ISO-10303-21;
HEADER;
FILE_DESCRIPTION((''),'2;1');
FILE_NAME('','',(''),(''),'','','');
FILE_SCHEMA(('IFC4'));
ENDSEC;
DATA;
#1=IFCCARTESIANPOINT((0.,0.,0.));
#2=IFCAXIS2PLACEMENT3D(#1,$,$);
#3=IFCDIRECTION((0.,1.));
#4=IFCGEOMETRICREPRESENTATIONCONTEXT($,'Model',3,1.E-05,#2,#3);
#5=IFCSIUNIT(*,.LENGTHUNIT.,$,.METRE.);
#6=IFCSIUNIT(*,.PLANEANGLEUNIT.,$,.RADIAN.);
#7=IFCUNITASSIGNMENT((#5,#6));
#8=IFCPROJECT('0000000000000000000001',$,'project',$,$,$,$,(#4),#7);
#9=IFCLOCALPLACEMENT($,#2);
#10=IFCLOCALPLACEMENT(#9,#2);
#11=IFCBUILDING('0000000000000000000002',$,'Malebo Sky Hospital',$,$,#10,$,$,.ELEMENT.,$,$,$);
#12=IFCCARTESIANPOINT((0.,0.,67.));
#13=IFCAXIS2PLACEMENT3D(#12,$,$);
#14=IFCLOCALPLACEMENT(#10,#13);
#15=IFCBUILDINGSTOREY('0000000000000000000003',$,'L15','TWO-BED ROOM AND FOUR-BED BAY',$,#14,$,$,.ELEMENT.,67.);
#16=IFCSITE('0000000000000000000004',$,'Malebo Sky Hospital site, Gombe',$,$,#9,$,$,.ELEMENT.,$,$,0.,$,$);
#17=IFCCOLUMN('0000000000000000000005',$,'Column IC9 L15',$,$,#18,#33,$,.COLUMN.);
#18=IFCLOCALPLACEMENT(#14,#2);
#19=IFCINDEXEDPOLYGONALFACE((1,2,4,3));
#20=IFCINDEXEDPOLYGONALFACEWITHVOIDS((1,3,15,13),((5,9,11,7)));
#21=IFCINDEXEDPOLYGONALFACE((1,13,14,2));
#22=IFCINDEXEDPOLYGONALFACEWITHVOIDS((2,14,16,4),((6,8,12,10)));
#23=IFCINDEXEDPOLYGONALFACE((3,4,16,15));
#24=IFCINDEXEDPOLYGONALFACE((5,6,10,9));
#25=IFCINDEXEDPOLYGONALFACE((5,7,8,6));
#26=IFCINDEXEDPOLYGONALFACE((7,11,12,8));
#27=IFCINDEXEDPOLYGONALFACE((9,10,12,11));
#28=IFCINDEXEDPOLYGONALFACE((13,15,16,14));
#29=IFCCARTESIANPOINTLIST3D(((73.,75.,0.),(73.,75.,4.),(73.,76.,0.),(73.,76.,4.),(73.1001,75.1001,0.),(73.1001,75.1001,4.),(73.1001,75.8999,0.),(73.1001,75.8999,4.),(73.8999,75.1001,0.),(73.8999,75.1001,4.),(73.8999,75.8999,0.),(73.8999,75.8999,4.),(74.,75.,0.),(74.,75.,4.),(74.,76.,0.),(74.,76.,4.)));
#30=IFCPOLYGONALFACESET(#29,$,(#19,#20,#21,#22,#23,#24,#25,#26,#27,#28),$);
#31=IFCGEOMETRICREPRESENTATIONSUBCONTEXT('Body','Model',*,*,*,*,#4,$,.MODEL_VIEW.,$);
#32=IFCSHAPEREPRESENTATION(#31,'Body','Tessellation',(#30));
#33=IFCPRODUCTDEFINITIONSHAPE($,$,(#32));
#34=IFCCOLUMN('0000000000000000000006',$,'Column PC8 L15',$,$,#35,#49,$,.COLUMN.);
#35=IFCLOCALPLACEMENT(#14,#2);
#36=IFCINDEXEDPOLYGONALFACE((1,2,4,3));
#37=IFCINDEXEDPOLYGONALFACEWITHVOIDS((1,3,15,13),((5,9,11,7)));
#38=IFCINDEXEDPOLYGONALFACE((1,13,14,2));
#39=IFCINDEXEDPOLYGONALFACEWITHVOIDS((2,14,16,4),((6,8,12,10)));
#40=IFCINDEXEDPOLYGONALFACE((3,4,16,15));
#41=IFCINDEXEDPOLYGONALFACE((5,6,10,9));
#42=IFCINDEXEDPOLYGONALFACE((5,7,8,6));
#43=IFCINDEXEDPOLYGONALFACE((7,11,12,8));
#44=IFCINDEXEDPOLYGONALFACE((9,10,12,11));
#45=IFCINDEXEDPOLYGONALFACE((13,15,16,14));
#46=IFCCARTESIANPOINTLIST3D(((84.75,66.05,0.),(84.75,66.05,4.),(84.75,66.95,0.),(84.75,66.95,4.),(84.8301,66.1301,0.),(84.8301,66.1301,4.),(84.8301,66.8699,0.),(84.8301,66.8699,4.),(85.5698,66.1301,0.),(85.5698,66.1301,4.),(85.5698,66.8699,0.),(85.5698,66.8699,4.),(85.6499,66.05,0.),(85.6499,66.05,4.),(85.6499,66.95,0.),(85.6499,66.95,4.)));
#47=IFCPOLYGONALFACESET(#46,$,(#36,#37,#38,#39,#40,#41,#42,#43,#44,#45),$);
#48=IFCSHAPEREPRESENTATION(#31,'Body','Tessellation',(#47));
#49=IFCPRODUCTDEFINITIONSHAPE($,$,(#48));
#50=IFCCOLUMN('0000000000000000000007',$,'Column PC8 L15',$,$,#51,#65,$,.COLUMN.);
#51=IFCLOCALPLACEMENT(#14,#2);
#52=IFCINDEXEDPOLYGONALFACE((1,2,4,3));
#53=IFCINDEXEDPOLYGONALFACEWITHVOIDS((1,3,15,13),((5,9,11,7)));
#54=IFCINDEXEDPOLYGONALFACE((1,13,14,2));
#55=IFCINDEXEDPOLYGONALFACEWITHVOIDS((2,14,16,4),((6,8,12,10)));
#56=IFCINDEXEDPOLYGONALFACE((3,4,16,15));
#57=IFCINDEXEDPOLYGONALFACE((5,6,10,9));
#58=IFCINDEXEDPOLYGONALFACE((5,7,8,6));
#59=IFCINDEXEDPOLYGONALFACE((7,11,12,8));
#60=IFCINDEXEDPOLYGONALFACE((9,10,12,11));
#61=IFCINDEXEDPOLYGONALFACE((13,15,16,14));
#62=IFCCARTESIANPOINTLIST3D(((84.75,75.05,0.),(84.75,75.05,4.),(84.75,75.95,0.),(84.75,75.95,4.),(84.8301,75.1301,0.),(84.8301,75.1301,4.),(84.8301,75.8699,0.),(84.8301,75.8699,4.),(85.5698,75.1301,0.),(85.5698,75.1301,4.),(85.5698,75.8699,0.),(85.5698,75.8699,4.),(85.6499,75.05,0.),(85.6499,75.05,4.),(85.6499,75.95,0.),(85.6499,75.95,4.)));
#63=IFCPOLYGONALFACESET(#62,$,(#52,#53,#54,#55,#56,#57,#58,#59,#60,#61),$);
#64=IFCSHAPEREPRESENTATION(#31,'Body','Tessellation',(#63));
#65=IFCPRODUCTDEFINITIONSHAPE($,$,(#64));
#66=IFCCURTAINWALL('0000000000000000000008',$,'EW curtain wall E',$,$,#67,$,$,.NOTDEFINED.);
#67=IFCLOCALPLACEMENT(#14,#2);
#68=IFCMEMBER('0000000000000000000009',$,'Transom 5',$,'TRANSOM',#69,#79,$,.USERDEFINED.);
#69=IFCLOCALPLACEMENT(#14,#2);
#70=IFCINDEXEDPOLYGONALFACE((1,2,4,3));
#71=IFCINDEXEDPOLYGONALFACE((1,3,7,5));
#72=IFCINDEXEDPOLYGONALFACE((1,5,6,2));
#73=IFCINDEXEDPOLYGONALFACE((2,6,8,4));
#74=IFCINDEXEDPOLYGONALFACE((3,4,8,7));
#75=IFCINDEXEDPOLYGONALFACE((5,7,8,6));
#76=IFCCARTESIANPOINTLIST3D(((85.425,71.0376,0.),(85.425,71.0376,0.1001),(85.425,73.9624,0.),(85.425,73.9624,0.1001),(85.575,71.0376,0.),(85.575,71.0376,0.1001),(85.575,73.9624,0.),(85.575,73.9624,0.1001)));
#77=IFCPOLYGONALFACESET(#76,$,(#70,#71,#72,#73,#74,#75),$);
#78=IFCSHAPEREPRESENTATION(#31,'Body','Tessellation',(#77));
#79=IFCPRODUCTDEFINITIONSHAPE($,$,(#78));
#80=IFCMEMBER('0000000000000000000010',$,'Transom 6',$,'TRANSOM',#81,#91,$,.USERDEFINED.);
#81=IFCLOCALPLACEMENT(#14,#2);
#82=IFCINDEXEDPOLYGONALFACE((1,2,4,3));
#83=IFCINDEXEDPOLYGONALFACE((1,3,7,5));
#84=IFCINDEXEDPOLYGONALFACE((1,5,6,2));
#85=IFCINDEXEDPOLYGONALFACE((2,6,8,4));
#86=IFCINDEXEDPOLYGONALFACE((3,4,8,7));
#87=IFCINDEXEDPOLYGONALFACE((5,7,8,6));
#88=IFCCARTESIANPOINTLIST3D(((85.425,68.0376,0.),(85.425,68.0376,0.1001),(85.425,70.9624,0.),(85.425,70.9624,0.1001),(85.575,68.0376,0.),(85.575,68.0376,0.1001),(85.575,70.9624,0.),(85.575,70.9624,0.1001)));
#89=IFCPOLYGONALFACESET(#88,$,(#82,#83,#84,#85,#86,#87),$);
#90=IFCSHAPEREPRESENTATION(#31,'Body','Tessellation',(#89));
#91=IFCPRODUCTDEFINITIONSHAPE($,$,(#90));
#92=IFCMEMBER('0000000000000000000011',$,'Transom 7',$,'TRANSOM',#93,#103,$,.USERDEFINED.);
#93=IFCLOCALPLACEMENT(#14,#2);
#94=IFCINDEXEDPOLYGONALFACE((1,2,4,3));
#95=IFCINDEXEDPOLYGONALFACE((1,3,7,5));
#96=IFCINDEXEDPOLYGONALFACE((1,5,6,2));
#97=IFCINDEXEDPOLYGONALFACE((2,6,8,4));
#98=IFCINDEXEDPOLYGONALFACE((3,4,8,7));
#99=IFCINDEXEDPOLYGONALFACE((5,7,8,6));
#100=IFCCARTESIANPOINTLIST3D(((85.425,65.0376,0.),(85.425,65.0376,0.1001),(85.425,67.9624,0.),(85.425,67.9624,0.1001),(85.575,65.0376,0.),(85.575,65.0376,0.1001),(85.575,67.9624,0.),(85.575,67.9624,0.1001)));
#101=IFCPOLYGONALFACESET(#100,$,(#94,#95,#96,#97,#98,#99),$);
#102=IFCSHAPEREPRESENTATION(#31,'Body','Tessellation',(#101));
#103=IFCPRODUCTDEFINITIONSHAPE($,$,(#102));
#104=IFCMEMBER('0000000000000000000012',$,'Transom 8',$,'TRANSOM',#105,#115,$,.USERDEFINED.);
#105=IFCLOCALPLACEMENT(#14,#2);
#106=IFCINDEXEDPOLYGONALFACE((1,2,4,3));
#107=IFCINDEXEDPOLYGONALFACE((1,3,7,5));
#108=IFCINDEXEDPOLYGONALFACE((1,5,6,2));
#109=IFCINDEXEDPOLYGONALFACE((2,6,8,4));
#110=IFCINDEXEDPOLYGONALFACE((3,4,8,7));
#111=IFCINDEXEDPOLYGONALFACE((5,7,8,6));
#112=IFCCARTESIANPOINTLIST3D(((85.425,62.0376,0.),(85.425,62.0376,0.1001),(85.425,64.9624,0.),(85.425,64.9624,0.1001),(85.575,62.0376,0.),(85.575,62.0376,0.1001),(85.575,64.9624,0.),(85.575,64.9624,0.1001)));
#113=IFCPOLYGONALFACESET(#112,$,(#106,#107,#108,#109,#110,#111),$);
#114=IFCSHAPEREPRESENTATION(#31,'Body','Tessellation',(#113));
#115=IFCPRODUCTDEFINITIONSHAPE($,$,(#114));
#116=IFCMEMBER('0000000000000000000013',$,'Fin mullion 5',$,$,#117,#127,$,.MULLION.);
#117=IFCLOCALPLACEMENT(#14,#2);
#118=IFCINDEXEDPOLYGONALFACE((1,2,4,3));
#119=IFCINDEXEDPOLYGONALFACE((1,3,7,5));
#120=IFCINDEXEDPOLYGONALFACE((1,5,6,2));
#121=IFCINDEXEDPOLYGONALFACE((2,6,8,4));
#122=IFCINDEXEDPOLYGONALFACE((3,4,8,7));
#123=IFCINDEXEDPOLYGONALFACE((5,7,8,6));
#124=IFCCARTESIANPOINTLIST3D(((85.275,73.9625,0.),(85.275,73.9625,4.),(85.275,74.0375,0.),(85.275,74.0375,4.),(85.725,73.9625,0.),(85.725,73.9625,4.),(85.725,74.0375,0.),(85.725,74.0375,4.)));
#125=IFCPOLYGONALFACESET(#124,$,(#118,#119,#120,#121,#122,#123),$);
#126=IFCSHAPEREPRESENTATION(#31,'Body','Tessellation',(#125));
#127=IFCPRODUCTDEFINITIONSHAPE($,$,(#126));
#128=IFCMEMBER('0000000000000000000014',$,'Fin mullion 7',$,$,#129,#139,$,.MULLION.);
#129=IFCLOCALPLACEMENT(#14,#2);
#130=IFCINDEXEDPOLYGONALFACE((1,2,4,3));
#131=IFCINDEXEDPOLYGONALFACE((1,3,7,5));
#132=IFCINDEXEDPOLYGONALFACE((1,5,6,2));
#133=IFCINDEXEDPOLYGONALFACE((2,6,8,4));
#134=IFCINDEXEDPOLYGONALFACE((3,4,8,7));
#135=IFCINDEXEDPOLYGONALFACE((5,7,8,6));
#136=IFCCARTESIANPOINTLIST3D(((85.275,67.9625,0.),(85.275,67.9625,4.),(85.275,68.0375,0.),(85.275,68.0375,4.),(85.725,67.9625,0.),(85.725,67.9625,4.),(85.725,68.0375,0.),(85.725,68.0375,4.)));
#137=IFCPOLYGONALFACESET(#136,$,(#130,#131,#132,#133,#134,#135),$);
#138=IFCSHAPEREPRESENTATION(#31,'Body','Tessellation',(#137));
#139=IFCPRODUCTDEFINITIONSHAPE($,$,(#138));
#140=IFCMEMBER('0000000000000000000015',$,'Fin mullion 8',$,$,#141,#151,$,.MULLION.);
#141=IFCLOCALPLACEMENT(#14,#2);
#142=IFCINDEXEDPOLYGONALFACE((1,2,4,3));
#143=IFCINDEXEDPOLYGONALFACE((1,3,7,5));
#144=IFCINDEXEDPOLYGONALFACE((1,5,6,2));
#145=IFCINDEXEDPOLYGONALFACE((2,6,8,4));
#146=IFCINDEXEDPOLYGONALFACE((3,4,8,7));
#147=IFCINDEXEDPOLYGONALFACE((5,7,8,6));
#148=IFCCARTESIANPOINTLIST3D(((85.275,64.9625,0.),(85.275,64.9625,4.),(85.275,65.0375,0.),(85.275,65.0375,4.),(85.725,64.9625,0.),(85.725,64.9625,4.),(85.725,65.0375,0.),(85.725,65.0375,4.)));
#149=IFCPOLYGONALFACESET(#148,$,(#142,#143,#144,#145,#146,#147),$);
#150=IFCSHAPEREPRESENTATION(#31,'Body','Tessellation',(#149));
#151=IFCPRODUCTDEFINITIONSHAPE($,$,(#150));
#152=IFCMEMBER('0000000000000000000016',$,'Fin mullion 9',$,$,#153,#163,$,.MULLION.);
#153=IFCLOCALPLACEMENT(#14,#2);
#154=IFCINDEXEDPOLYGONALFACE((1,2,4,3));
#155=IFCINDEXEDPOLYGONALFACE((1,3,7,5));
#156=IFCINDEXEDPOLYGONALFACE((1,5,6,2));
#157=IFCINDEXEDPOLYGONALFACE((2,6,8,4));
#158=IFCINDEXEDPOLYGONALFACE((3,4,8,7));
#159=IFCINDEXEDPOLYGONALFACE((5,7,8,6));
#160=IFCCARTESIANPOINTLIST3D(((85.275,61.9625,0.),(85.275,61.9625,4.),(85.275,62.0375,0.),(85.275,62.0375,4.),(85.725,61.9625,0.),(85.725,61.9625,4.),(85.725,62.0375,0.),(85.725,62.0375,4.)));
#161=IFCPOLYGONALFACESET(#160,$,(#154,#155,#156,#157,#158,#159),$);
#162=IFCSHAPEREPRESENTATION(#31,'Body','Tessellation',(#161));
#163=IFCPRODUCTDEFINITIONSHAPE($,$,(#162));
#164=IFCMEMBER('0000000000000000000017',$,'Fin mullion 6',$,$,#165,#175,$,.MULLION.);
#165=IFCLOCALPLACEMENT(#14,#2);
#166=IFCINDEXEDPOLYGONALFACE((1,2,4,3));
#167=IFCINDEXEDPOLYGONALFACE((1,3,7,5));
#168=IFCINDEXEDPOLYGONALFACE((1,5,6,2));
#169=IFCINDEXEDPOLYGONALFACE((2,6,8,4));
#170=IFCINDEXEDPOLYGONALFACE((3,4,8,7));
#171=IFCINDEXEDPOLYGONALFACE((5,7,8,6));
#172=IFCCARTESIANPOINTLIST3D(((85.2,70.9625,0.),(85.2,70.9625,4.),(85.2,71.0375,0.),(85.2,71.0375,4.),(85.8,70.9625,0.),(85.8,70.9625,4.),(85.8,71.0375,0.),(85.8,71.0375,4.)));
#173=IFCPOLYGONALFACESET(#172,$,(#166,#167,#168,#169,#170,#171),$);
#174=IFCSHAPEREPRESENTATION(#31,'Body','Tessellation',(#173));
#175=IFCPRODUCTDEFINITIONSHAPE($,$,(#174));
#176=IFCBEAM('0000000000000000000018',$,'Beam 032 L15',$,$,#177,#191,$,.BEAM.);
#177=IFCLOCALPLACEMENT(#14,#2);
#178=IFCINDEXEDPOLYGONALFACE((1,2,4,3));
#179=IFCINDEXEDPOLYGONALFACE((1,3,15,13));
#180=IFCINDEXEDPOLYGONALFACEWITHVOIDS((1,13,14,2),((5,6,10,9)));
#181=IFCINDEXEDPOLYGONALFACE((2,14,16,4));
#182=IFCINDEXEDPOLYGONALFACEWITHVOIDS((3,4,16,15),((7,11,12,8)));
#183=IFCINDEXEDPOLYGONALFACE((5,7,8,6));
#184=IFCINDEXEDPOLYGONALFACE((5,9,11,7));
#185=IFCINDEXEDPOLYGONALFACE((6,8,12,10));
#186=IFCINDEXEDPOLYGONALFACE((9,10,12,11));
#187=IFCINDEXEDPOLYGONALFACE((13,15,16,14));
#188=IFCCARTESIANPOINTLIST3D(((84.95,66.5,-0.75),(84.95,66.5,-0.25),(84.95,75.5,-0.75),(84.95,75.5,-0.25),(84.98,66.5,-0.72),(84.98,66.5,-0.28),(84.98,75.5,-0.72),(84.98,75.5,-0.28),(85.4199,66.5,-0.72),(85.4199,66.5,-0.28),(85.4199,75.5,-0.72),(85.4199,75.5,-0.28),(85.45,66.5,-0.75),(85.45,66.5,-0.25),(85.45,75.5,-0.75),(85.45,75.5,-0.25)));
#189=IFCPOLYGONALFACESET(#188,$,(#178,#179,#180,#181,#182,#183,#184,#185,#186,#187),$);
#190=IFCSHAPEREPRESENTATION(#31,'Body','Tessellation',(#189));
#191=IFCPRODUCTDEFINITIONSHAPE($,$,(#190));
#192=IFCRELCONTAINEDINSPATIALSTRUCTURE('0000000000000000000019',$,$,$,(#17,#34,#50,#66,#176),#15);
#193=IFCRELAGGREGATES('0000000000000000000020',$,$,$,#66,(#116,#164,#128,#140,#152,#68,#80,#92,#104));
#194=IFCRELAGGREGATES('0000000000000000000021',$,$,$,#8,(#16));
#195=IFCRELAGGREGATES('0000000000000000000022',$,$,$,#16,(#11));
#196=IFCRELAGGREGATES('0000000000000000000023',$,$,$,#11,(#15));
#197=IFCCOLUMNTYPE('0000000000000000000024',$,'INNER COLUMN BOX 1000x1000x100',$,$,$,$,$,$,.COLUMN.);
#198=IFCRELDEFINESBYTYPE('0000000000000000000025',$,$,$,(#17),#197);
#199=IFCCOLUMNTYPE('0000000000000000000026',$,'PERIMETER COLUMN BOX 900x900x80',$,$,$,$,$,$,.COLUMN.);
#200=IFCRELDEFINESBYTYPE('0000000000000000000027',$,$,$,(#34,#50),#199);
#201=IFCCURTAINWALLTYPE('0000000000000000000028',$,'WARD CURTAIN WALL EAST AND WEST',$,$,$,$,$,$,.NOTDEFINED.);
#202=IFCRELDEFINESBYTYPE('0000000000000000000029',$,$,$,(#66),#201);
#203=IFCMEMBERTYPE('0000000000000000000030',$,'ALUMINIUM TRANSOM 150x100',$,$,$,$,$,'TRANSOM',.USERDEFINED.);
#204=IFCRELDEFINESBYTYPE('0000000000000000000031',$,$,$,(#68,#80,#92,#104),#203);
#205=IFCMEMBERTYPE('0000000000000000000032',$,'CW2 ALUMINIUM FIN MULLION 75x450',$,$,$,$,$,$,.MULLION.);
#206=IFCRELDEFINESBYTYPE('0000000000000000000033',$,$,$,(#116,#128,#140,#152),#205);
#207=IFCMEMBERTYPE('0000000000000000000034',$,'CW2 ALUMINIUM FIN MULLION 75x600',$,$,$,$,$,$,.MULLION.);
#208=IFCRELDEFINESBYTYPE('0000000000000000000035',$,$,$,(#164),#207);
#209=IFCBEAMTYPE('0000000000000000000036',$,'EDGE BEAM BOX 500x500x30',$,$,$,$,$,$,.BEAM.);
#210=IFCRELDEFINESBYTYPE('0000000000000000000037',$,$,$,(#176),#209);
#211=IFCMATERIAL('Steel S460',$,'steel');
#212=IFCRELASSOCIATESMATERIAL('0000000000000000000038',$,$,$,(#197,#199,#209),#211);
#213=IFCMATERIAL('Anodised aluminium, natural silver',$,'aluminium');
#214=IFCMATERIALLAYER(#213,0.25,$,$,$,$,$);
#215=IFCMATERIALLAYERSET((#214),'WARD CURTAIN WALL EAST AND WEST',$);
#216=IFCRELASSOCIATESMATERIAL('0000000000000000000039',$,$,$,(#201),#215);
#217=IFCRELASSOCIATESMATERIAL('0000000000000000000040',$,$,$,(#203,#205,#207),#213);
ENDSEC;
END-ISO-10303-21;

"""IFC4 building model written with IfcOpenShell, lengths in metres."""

from ifc_helpers import new_model, si_unit, direction, frame, origin, origin_2d, place, context, subcontext, project, spatial, rectangle, hollow_rectangle, extrude, material, layer, layer_set, material_profile, profile_set, type_object, element, aggregate, save


model = new_model("IFC4")

# Units and contexts
model_context = context("Model", 3, precision=1e-05, world=origin(), true_north=direction((0.0, 1.0)))
body_context = subcontext(model_context, "Body", "Model", "MODEL_VIEW")
ifc_project = project(units=[si_unit("LENGTHUNIT", "METRE"), si_unit("PLANEANGLEUNIT", "RADIAN")], contexts=[model_context])

# Site, building, storey
site_placement = place(None, origin())
site = spatial("IfcSite", under=ifc_project, at=site_placement, Name="Malebo Sky Hospital site, Gombe", CompositionType="ELEMENT", RefElevation=0.0)
building_placement = place(site_placement, origin())
building = spatial("IfcBuilding", under=site, at=building_placement, Name="Malebo Sky Hospital", CompositionType="ELEMENT")
storey_placement = place(building_placement, frame((0.0, 0.0, 67.0)))
storey = spatial("IfcBuildingStorey", under=building, at=storey_placement, Name="L15", Description="TWO-BED ROOM AND FOUR-BED BAY", CompositionType="ELEMENT", Elevation=67.0)

# Columns
ifc_material_1 = material(Name="Steel S460", Category="steel")
ifc_material_profile_1 = material_profile(ifc_material_1, hollow_rectangle(XDim=1.0, YDim=1.0, WallThickness=0.1001, at=origin_2d()), Name="BOX 1000x1000x100")
ifc_profile_set_1 = profile_set([ifc_material_profile_1], Name="Steel S460")
column_type_1 = type_object("IfcColumnType", Name="INNER COLUMN BOX 1000x1000x100", PredefinedType="COLUMN", material=ifc_profile_set_1)
column_placement = place(storey_placement, frame((73.5, 75.5, 0.0), z_axis=(0.0, 0.0, 1.0), x_axis=(1.0, 0.0, 0.0)))
element("IfcColumn", 1, at=column_placement, inside=storey, type_object=column_type_1, Name="Column IC9 L15", PredefinedType="COLUMN", context=body_context, shape_type="SweptSolid", body=[
    extrude(hollow_rectangle(XDim=1.0, YDim=1.0, WallThickness=0.1001, at=origin_2d()), origin(), (0.0, 0.0, 1.0), 4.0),
])
ifc_material_profile_2 = material_profile(ifc_material_1, hollow_rectangle(XDim=0.8999, YDim=0.8999, WallThickness=0.0801, at=origin_2d()), Name="BOX 900x900x80")
ifc_profile_set_2 = profile_set([ifc_material_profile_2], Name="Steel S460")
column_type_2 = type_object("IfcColumnType", Name="PERIMETER COLUMN BOX 900x900x80", PredefinedType="COLUMN", material=ifc_profile_set_2)
for number, where, z_axis, x_axis, name in (
    (2, (85.2, 66.5, 0.0), (0.0, 0.0, 1.0), (1.0, 0.0, 0.0), "Column PC8 L15"),
    (3, (85.2, 75.5, 0.0), (0.0, 0.0, 1.0), (1.0, 0.0, 0.0), "Column PC8 L15"),
):
    element("IfcColumn", number, at=place(storey_placement, frame(where, z_axis=z_axis, x_axis=x_axis)), inside=storey, type_object=column_type_2, Name=name, PredefinedType="COLUMN", context=body_context, shape_type="SweptSolid", body=[
        extrude(hollow_rectangle(XDim=0.8999, YDim=0.8999, WallThickness=0.0801, at=origin_2d()), origin(), (0.0, 0.0, 1.0), 4.0),
    ])

# Curtain wall, members
ifc_material_2 = material(Name="Anodised aluminium, natural silver", Category="aluminium")
ifc_layer_1 = layer(ifc_material_2, 0.25)
ifc_layer_set_1 = layer_set([ifc_layer_1], Name="WARD CURTAIN WALL EAST AND WEST")
curtain_wall_type = type_object("IfcCurtainWallType", Name="WARD CURTAIN WALL EAST AND WEST", PredefinedType="NOTDEFINED", material=ifc_layer_set_1)
curtain_wall_placement = place(storey_placement, origin())
curtain_wall = element("IfcCurtainWall", 4, at=curtain_wall_placement, inside=storey, type_object=curtain_wall_type, Name="EW curtain wall E", PredefinedType="NOTDEFINED")
ifc_material_profile_3 = material_profile(ifc_material_2, rectangle(XDim=0.1499, YDim=0.1001, at=origin_2d()), Name="ALUMINIUM TRANSOM 150x100")
ifc_profile_set_3 = profile_set([ifc_material_profile_3], Name="Anodised aluminium, natural silver")
member_type_1 = type_object("IfcMemberType", Name="ALUMINIUM TRANSOM 150x100", ElementType="TRANSOM", PredefinedType="USERDEFINED", material=ifc_profile_set_3)
member_1_placement = place(storey_placement, frame((85.5, 73.9624, 0.05), z_axis=(0.0, -1.0, 0.0), x_axis=(1.0, 0.0, 0.0)))
member_1 = element("IfcMember", 5, at=member_1_placement, type_object=member_type_1, Name="Transom 5", ObjectType="TRANSOM", PredefinedType="USERDEFINED", context=body_context, shape_type="SweptSolid", body=[
    extrude(rectangle(XDim=0.1499, YDim=0.1001, at=origin_2d()), origin(), (0.0, 0.0, 1.0), 2.9248),
])
member_2_placement = place(storey_placement, frame((85.5, 70.9624, 0.05), z_axis=(0.0, -1.0, 0.0), x_axis=(1.0, 0.0, 0.0)))
member_2 = element("IfcMember", 6, at=member_2_placement, type_object=member_type_1, Name="Transom 6", ObjectType="TRANSOM", PredefinedType="USERDEFINED", context=body_context, shape_type="SweptSolid", body=[
    extrude(rectangle(XDim=0.1499, YDim=0.1001, at=origin_2d()), origin(), (0.0, 0.0, 1.0), 2.9248),
])
member_3_placement = place(storey_placement, frame((85.5, 67.9624, 0.05), z_axis=(0.0, -1.0, 0.0), x_axis=(1.0, 0.0, 0.0)))
member_3 = element("IfcMember", 7, at=member_3_placement, type_object=member_type_1, Name="Transom 7", ObjectType="TRANSOM", PredefinedType="USERDEFINED", context=body_context, shape_type="SweptSolid", body=[
    extrude(rectangle(XDim=0.1499, YDim=0.1001, at=origin_2d()), origin(), (0.0, 0.0, 1.0), 2.9248),
])
member_4_placement = place(storey_placement, frame((85.5, 64.9624, 0.05), z_axis=(0.0, -1.0, 0.0), x_axis=(1.0, 0.0, 0.0)))
member_4 = element("IfcMember", 8, at=member_4_placement, type_object=member_type_1, Name="Transom 8", ObjectType="TRANSOM", PredefinedType="USERDEFINED", context=body_context, shape_type="SweptSolid", body=[
    extrude(rectangle(XDim=0.1499, YDim=0.1001, at=origin_2d()), origin(), (0.0, 0.0, 1.0), 2.9248),
])
ifc_material_profile_4 = material_profile(ifc_material_2, rectangle(XDim=0.075, YDim=0.45, at=origin_2d()), Name="CW2 ALUMINIUM FIN MULLION 75x450")
ifc_profile_set_4 = profile_set([ifc_material_profile_4], Name="Anodised aluminium, natural silver")
member_type_2 = type_object("IfcMemberType", Name="CW2 ALUMINIUM FIN MULLION 75x450", PredefinedType="MULLION", material=ifc_profile_set_4)
member_5_placement = place(storey_placement, frame((85.5, 74.0, 0.0), z_axis=(0.0, 0.0, 1.0), x_axis=(0.0, -1.0, 0.0)))
member_5 = element("IfcMember", 9, at=member_5_placement, type_object=member_type_2, Name="Fin mullion 5", PredefinedType="MULLION", context=body_context, shape_type="SweptSolid", body=[
    extrude(rectangle(XDim=0.075, YDim=0.45, at=origin_2d()), origin(), (0.0, 0.0, 1.0), 4.0),
])
member_6_placement = place(storey_placement, frame((85.5, 68.0, 0.0), z_axis=(0.0, 0.0, 1.0), x_axis=(0.0, -1.0, 0.0)))
member_6 = element("IfcMember", 10, at=member_6_placement, type_object=member_type_2, Name="Fin mullion 7", PredefinedType="MULLION", context=body_context, shape_type="SweptSolid", body=[
    extrude(rectangle(XDim=0.075, YDim=0.45, at=origin_2d()), origin(), (0.0, 0.0, 1.0), 4.0),
])
member_7_placement = place(storey_placement, frame((85.5, 65.0, 0.0), z_axis=(0.0, 0.0, 1.0), x_axis=(0.0, -1.0, 0.0)))
member_7 = element("IfcMember", 11, at=member_7_placement, type_object=member_type_2, Name="Fin mullion 8", PredefinedType="MULLION", context=body_context, shape_type="SweptSolid", body=[
    extrude(rectangle(XDim=0.075, YDim=0.45, at=origin_2d()), origin(), (0.0, 0.0, 1.0), 4.0),
])
member_8_placement = place(storey_placement, frame((85.5, 62.0, 0.0), z_axis=(0.0, 0.0, 1.0), x_axis=(0.0, -1.0, 0.0)))
member_8 = element("IfcMember", 12, at=member_8_placement, type_object=member_type_2, Name="Fin mullion 9", PredefinedType="MULLION", context=body_context, shape_type="SweptSolid", body=[
    extrude(rectangle(XDim=0.075, YDim=0.45, at=origin_2d()), origin(), (0.0, 0.0, 1.0), 4.0),
])
ifc_material_profile_5 = material_profile(ifc_material_2, rectangle(XDim=0.075, YDim=0.6001, at=origin_2d()), Name="CW2 ALUMINIUM FIN MULLION 75x600")
ifc_profile_set_5 = profile_set([ifc_material_profile_5], Name="Anodised aluminium, natural silver")
member_type_3 = type_object("IfcMemberType", Name="CW2 ALUMINIUM FIN MULLION 75x600", PredefinedType="MULLION", material=ifc_profile_set_5)
member_9_placement = place(storey_placement, frame((85.5, 71.0, 0.0), z_axis=(0.0, 0.0, 1.0), x_axis=(0.0, -1.0, 0.0)))
member_9 = element("IfcMember", 13, at=member_9_placement, type_object=member_type_3, Name="Fin mullion 6", PredefinedType="MULLION", context=body_context, shape_type="SweptSolid", body=[
    extrude(rectangle(XDim=0.075, YDim=0.6001, at=origin_2d()), origin(), (0.0, 0.0, 1.0), 4.0),
])

# Beam
ifc_material_profile_6 = material_profile(ifc_material_1, hollow_rectangle(XDim=0.5, YDim=0.5, WallThickness=0.03, at=origin_2d()), Name="BOX 500x500x30")
ifc_profile_set_6 = profile_set([ifc_material_profile_6], Name="Steel S460")
beam_type_1 = type_object("IfcBeamType", Name="EDGE BEAM BOX 500x500x30", PredefinedType="BEAM", material=ifc_profile_set_6)
beam_1_placement = place(storey_placement, frame((85.2, 66.5, -0.5), z_axis=(0.0, 1.0, 0.0), x_axis=(-1.0, 0.0, 0.0)))
element("IfcBeam", 14, at=beam_1_placement, inside=storey, type_object=beam_type_1, Name="Beam 032 L15", PredefinedType="BEAM", context=body_context, shape_type="SweptSolid", body=[
    extrude(hollow_rectangle(XDim=0.5, YDim=0.5, WallThickness=0.03, at=origin_2d()), origin(), (0.0, 0.0, 1.0), 9.0),
])

aggregate(curtain_wall, [member_5, member_9, member_6, member_7, member_8, member_1, member_2, member_3, member_4])

save(model, "model.ifc")
